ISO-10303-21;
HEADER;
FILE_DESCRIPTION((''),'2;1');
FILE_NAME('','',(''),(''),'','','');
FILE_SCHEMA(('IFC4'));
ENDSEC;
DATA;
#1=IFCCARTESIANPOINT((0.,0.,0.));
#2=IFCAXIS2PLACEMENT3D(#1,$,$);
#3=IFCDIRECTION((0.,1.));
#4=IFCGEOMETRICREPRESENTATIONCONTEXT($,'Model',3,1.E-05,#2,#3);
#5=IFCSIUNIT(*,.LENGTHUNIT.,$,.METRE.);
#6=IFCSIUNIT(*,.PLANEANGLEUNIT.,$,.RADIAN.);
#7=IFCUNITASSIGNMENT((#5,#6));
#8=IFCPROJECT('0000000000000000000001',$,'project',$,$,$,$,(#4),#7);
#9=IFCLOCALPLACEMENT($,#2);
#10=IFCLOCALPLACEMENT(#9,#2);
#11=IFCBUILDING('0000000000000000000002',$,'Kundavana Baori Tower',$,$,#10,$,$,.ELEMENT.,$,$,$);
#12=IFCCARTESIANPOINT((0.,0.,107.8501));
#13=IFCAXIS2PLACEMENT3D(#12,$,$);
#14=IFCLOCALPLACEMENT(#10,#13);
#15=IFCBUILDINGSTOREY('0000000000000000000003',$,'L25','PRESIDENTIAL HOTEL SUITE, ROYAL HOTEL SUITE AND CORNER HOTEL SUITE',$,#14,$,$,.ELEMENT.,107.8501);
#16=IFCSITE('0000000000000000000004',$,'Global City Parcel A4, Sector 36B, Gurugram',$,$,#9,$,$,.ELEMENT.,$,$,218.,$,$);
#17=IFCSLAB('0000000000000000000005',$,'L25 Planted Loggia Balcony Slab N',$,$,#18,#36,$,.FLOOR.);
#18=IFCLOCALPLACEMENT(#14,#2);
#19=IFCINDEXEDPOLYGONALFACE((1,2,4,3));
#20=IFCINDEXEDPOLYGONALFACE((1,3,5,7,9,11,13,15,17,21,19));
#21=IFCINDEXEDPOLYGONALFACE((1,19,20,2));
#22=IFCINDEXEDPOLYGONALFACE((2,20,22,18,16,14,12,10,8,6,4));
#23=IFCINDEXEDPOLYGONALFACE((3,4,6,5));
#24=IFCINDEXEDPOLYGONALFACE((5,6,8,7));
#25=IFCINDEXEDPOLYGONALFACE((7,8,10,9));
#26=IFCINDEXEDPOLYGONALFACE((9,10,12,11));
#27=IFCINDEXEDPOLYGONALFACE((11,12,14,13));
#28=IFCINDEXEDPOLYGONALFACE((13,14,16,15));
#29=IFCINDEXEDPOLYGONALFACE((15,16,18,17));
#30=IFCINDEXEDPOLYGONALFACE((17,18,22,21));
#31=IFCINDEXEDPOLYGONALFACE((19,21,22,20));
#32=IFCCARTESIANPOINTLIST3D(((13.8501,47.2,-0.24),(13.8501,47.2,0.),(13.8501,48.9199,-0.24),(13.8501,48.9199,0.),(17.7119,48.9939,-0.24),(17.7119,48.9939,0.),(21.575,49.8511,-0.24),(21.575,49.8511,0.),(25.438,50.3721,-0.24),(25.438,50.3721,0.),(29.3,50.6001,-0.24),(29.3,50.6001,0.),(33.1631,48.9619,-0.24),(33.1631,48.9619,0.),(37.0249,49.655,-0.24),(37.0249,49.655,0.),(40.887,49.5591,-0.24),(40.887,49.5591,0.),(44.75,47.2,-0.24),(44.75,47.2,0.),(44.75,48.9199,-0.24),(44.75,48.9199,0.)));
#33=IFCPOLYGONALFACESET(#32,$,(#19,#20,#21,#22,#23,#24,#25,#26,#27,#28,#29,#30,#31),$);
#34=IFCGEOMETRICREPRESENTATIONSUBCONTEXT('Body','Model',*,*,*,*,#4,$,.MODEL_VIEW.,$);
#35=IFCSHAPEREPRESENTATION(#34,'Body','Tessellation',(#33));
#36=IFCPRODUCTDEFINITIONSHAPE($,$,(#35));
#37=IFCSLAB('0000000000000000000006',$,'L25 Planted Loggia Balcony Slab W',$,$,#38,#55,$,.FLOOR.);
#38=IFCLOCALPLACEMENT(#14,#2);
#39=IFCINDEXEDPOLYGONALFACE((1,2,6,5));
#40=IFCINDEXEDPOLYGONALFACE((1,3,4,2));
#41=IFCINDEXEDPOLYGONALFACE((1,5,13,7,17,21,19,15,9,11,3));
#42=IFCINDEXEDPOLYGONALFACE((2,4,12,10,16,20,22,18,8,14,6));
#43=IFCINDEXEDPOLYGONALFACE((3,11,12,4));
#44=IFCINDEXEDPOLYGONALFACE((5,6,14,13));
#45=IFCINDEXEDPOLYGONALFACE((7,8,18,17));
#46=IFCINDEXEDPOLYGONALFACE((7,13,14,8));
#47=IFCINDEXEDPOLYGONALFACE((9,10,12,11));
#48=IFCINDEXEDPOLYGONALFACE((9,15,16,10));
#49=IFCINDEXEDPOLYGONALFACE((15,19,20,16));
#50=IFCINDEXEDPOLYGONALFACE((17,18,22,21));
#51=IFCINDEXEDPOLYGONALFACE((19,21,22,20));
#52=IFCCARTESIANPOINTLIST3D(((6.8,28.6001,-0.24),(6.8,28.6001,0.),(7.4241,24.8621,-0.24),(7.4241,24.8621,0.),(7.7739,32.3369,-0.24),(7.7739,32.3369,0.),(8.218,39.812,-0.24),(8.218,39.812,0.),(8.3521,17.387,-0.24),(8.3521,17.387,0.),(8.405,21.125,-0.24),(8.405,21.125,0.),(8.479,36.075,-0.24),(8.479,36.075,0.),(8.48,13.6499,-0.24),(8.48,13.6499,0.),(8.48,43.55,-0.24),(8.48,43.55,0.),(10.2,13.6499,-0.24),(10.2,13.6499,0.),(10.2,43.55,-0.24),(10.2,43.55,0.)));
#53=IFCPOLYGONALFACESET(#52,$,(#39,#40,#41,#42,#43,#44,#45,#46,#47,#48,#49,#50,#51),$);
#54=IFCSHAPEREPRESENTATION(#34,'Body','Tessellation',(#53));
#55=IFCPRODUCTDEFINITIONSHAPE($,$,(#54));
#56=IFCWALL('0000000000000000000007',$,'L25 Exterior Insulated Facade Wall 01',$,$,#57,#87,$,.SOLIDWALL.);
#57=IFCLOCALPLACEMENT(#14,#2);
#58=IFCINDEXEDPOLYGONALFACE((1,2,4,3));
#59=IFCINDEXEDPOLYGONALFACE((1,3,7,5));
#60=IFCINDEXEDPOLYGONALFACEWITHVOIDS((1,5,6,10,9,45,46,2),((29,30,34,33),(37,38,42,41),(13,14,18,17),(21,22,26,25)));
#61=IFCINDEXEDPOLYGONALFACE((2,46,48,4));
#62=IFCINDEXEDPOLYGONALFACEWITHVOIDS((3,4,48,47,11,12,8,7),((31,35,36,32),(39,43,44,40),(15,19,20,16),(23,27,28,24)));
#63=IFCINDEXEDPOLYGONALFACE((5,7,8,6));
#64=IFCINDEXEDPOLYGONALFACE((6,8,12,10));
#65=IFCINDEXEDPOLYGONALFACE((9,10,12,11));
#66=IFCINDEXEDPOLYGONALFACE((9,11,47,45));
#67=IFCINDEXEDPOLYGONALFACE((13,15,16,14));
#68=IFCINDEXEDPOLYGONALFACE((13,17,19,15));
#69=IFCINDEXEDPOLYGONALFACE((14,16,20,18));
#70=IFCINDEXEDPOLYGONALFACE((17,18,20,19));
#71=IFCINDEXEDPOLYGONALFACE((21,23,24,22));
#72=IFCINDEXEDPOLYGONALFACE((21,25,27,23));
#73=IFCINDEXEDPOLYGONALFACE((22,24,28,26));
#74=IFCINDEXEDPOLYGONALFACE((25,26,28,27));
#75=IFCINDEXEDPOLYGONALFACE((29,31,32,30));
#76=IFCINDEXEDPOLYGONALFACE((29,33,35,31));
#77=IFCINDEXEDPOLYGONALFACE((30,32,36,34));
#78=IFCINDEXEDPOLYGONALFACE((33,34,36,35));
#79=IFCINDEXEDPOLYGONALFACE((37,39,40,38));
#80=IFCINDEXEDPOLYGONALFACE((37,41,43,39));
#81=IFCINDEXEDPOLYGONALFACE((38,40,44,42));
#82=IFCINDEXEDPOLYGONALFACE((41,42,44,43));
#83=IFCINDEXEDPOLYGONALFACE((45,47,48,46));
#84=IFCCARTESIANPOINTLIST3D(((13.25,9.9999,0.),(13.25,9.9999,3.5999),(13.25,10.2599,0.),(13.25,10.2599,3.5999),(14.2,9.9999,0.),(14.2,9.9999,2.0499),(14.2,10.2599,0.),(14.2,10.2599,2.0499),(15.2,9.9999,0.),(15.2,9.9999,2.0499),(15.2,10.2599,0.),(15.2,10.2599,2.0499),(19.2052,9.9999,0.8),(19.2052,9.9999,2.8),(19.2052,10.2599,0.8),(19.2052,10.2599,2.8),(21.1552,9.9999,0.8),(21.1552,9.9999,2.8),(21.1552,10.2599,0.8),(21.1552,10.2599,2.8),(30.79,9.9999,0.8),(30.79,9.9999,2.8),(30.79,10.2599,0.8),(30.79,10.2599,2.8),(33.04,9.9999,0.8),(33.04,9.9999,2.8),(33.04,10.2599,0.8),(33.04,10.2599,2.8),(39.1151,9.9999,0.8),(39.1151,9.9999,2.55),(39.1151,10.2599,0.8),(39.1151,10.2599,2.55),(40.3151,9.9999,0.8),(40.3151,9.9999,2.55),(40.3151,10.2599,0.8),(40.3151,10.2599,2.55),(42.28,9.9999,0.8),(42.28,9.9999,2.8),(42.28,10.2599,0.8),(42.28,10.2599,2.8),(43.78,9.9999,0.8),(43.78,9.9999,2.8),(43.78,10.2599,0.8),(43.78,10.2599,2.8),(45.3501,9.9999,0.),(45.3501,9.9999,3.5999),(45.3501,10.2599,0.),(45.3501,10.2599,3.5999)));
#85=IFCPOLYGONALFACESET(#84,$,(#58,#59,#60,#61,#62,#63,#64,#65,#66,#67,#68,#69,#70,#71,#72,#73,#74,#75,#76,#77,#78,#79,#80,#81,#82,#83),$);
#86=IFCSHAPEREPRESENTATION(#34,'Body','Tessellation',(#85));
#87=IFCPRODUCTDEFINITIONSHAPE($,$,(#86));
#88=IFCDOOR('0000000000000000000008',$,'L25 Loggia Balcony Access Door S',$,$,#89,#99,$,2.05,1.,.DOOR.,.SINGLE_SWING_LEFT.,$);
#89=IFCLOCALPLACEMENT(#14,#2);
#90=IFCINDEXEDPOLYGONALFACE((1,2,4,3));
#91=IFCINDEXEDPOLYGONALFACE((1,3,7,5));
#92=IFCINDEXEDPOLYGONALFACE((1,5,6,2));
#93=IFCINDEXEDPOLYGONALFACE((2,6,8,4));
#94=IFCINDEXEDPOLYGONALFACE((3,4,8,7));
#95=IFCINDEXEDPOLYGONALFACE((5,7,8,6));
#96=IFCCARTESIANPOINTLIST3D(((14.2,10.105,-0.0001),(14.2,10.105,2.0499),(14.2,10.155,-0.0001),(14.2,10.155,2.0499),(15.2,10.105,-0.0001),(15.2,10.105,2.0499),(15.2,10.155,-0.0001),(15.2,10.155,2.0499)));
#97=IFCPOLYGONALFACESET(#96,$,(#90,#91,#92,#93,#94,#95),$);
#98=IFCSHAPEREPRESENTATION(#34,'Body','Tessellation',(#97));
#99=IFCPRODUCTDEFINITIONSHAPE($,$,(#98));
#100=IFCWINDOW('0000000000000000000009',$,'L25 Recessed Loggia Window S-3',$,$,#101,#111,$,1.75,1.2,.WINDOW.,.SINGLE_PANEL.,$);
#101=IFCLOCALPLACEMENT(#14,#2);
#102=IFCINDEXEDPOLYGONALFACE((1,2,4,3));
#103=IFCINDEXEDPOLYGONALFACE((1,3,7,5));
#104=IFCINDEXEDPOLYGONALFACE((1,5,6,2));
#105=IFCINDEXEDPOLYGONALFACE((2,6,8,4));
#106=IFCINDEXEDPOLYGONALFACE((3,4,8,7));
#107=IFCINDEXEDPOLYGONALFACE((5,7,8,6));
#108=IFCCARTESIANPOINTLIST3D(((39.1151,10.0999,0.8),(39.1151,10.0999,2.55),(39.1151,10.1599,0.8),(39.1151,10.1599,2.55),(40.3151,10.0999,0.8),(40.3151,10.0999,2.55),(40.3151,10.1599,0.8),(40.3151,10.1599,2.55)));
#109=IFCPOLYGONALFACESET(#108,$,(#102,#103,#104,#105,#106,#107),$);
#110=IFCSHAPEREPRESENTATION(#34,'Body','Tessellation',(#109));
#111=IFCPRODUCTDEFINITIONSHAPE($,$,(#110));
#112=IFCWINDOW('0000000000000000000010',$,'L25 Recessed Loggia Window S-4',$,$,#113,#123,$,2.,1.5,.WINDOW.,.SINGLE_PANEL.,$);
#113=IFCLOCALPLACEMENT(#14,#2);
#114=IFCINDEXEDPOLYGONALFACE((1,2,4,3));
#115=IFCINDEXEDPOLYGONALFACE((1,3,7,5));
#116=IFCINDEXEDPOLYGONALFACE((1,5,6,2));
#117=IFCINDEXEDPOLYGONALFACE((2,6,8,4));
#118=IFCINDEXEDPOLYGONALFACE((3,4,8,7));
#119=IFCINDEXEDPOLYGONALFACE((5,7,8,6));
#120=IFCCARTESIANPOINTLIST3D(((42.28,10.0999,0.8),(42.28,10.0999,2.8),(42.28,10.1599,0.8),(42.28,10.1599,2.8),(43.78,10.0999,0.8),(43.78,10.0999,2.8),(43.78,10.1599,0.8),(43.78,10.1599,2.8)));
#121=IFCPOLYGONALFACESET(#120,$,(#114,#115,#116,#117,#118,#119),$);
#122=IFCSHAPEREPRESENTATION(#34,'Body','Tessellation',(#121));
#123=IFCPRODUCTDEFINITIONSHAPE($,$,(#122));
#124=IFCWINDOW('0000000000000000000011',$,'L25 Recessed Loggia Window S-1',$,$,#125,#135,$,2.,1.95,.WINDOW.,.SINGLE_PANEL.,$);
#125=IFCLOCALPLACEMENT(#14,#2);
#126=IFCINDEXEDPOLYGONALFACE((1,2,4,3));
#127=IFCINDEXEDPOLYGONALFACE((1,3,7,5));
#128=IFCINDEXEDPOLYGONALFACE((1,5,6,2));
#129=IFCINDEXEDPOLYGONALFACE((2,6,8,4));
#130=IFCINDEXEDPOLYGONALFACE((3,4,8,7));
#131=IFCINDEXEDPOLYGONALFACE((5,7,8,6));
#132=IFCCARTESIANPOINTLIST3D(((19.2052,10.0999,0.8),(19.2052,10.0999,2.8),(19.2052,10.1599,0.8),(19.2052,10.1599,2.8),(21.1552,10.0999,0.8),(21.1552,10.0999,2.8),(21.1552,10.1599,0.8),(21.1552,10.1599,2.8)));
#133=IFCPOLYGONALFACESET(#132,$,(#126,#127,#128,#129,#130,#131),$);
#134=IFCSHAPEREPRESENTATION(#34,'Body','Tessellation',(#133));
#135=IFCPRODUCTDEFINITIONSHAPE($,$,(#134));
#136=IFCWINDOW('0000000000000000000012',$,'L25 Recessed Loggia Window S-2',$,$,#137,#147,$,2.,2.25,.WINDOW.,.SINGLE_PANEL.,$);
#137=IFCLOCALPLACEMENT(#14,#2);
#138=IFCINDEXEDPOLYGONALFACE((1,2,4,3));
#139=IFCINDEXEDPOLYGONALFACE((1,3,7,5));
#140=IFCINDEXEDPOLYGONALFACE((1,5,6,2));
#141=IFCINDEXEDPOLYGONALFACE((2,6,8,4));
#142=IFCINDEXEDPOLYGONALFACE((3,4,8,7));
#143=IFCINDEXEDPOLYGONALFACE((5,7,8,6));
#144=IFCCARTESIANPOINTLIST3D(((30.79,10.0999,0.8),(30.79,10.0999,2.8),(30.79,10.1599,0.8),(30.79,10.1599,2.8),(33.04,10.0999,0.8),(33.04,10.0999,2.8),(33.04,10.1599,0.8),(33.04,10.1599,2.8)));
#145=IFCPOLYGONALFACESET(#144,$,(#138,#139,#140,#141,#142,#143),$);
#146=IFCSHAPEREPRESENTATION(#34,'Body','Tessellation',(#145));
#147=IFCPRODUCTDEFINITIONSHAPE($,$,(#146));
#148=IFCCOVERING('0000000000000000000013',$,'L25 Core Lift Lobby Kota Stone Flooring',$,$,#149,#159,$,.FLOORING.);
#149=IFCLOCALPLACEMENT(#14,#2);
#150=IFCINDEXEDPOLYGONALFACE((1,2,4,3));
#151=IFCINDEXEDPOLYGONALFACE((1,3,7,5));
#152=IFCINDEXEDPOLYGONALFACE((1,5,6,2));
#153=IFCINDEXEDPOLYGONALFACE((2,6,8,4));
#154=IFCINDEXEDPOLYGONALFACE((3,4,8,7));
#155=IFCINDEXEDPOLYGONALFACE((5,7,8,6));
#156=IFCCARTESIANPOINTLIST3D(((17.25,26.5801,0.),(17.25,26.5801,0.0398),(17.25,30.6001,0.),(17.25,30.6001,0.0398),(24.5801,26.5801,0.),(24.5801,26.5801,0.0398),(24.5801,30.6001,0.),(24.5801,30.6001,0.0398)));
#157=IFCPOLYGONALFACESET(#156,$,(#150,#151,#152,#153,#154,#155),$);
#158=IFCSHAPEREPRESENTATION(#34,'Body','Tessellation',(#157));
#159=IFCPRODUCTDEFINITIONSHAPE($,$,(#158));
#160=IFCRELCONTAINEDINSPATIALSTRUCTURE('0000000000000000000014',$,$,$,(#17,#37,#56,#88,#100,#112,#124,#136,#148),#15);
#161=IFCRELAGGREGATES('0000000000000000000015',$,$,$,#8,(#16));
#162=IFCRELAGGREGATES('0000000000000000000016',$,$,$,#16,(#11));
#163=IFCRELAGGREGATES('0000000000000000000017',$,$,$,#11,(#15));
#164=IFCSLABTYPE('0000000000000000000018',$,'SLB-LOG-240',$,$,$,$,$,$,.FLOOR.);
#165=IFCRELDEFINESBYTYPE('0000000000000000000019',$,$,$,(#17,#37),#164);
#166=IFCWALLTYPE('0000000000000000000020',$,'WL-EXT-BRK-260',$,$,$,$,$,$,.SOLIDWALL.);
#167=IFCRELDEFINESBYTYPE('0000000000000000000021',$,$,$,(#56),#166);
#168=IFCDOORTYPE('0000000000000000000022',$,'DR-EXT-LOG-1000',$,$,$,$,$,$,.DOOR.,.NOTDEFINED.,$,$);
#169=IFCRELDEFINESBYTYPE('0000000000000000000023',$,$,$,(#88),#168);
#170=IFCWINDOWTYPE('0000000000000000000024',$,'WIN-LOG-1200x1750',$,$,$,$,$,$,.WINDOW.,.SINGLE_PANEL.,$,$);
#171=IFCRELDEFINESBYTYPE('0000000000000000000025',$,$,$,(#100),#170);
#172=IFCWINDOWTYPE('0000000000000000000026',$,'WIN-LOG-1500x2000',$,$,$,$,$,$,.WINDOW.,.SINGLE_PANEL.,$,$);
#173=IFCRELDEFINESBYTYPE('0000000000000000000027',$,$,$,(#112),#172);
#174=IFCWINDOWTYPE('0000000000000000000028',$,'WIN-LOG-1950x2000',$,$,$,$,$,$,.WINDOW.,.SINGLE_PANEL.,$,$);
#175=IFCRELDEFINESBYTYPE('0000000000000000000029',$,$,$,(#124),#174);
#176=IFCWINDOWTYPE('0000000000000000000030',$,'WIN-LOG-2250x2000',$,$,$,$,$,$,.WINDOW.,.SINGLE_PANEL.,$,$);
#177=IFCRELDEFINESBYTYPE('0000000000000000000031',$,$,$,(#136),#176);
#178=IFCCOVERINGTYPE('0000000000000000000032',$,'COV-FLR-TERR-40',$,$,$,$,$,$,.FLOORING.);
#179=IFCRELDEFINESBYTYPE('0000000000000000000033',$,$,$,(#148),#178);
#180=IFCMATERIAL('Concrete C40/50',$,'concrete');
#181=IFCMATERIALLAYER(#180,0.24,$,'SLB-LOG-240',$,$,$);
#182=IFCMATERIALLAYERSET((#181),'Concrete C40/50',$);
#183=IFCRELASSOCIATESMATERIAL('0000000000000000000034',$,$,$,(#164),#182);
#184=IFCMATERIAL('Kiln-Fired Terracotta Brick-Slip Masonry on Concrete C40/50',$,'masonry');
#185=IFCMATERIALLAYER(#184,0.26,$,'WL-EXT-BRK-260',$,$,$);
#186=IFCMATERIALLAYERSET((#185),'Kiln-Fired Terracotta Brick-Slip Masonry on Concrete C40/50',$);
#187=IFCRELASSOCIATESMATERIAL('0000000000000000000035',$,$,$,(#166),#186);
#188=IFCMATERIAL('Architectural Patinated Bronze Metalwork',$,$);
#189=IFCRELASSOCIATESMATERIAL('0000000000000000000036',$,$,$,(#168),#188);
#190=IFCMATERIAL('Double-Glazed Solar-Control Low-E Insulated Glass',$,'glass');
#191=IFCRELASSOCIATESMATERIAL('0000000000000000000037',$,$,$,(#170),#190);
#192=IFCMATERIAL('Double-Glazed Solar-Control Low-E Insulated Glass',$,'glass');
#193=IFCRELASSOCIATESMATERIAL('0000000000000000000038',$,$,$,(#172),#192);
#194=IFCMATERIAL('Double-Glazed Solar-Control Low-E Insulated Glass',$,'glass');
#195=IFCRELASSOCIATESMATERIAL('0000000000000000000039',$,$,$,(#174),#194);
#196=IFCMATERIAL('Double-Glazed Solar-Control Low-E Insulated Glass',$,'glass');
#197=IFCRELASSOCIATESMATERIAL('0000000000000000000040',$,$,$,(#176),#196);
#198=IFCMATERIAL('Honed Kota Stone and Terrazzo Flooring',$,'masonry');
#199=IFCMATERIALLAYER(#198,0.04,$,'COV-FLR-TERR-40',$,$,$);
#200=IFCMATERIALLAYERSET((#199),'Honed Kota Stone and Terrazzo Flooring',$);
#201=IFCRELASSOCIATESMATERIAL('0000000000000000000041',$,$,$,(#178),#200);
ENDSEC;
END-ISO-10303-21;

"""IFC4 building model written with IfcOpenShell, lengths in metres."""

from ifc_helpers import new_model, si_unit, direction, frame, frame_2d, origin, place, context, subcontext, project, spatial, polyline, rectangle, outline, extrude, material, layer, layer_set, type_object, element, fill, save


model = new_model("IFC4")

# Units and contexts
model_context = context("Model", 3, precision=1e-05, world=origin(), true_north=direction((0.0, 1.0)))
body_context = subcontext(model_context, "Body", "Model", "MODEL_VIEW")
ifc_project = project(units=[si_unit("LENGTHUNIT", "METRE"), si_unit("PLANEANGLEUNIT", "RADIAN")], contexts=[model_context])

# Site, building, storey
site_placement = place(None, origin())
site = spatial("IfcSite", under=ifc_project, at=site_placement, Name="Global City Parcel A4, Sector 36B, Gurugram", CompositionType="ELEMENT", RefElevation=218.0)
building_placement = place(site_placement, origin())
building = spatial("IfcBuilding", under=site, at=building_placement, Name="Kundavana Baori Tower", CompositionType="ELEMENT")
storey_placement = place(building_placement, frame((0.0, 0.0, 107.8501)))
storey = spatial("IfcBuildingStorey", under=building, at=storey_placement, Name="L25", Description="PRESIDENTIAL HOTEL SUITE, ROYAL HOTEL SUITE AND CORNER HOTEL SUITE", CompositionType="ELEMENT", Elevation=107.8501)

# Slabs
ifc_material_1 = material(Name="Concrete C40/50", Category="concrete")
ifc_layer_1 = layer(ifc_material_1, 0.24, Name="SLB-LOG-240")
ifc_layer_set_1 = layer_set([ifc_layer_1], Name="Concrete C40/50")
slab_type_1 = type_object("IfcSlabType", Name="SLB-LOG-240", PredefinedType="FLOOR", material=ifc_layer_set_1)
slab_1_placement = place(storey_placement, frame((0.0, 0.0, -0.24)))
element("IfcSlab", 1, at=slab_1_placement, inside=storey, type_object=slab_type_1, Name="L25 Planted Loggia Balcony Slab N", PredefinedType="FLOOR", context=body_context, shape_type="SweptSolid", body=[
    extrude(outline(polyline([(44.75, 47.2), (13.8501, 47.2), (13.8501, 48.9199), (17.7119, 48.9939), (21.575, 49.8511), (25.438, 50.3721), (29.3, 50.6001), (33.1631, 48.9619), (37.0249, 49.655), (40.887, 49.5591), (44.75, 48.9199), (44.75, 47.2)])), origin(), (0.0, 0.0, 1.0), 0.24),
])
slab_2_placement = place(storey_placement, frame((0.0, 0.0, -0.24)))
element("IfcSlab", 2, at=slab_2_placement, inside=storey, type_object=slab_type_1, Name="L25 Planted Loggia Balcony Slab W", PredefinedType="FLOOR", context=body_context, shape_type="SweptSolid", body=[
    extrude(outline(polyline([(10.2, 43.55), (10.2, 13.6499), (8.48, 13.6499), (8.3521, 17.387), (8.405, 21.125), (7.4241, 24.8621), (6.8, 28.6001), (7.7739, 32.3369), (8.479, 36.075), (8.218, 39.812), (8.48, 43.55), (10.2, 43.55)])), origin(), (0.0, 0.0, 1.0), 0.24),
])

# Wall, openings, door, windows
ifc_material_2 = material(Name="Kiln-Fired Terracotta Brick-Slip Masonry on Concrete C40/50", Category="masonry")
ifc_layer_2 = layer(ifc_material_2, 0.26, Name="WL-EXT-BRK-260")
ifc_layer_set_2 = layer_set([ifc_layer_2], Name="Kiln-Fired Terracotta Brick-Slip Masonry on Concrete C40/50")
wall_type = type_object("IfcWallType", Name="WL-EXT-BRK-260", PredefinedType="SOLIDWALL", material=ifc_layer_set_2)
wall_placement = place(storey_placement, frame((13.25, 10.1299, 0.0), z_axis=(0.0, 0.0, 1.0), x_axis=(1.0, 0.0, 0.0)))
wall = element("IfcWall", 3, at=wall_placement, inside=storey, type_object=wall_type, Name="L25 Exterior Insulated Facade Wall 01", PredefinedType="SOLIDWALL", context=body_context, shape_type="SweptSolid", body=[
    extrude(rectangle(XDim=32.1001, YDim=0.26, at=frame_2d((16.05, 0.0))), origin(), (0.0, 0.0, 1.0), 3.5999),
])
opening_1_placement = place(wall_placement, frame((0.95, 0.0, 0.0)))
opening_1 = element("IfcOpeningElement", 4, at=opening_1_placement, cuts=wall, PredefinedType="OPENING", context=body_context, shape_type="SweptSolid", body=[
    extrude(rectangle(XDim=1.0, YDim=2.05, at=frame_2d((0.5, 1.0249))), frame((0.0, 0.1401, 0.0), z_axis=(0.0, -1.0, 0.0), x_axis=(1.0, 0.0, 0.0)), (0.0, 0.0, 1.0), 0.28),
])
opening_2_placement = place(wall_placement, frame((5.9551, 0.0, 0.8)))
opening_2 = element("IfcOpeningElement", 5, at=opening_2_placement, cuts=wall, PredefinedType="OPENING", context=body_context, shape_type="SweptSolid", body=[
    extrude(rectangle(XDim=1.95, YDim=2.0, at=frame_2d((0.9751, 1.0))), frame((0.0, 0.1401, 0.0), z_axis=(0.0, -1.0, 0.0), x_axis=(1.0, 0.0, 0.0)), (0.0, 0.0, 1.0), 0.28),
])
opening_3_placement = place(wall_placement, frame((17.54, 0.0, 0.8)))
opening_3 = element("IfcOpeningElement", 6, at=opening_3_placement, cuts=wall, PredefinedType="OPENING", context=body_context, shape_type="SweptSolid", body=[
    extrude(rectangle(XDim=2.25, YDim=2.0, at=frame_2d((1.125, 1.0))), frame((0.0, 0.1401, 0.0), z_axis=(0.0, -1.0, 0.0), x_axis=(1.0, 0.0, 0.0)), (0.0, 0.0, 1.0), 0.28),
])
opening_4_placement = place(wall_placement, frame((25.865, 0.0, 0.8)))
opening_4 = element("IfcOpeningElement", 7, at=opening_4_placement, cuts=wall, PredefinedType="OPENING", context=body_context, shape_type="SweptSolid", body=[
    extrude(rectangle(XDim=1.2, YDim=1.75, at=frame_2d((0.6001, 0.875))), frame((0.0, 0.1401, 0.0), z_axis=(0.0, -1.0, 0.0), x_axis=(1.0, 0.0, 0.0)), (0.0, 0.0, 1.0), 0.28),
])
opening_5_placement = place(wall_placement, frame((29.03, 0.0, 0.8)))
opening_5 = element("IfcOpeningElement", 8, at=opening_5_placement, cuts=wall, PredefinedType="OPENING", context=body_context, shape_type="SweptSolid", body=[
    extrude(rectangle(XDim=1.5, YDim=2.0, at=frame_2d((0.75, 1.0))), frame((0.0, 0.1401, 0.0), z_axis=(0.0, -1.0, 0.0), x_axis=(1.0, 0.0, 0.0)), (0.0, 0.0, 1.0), 0.28),
])
ifc_material_3 = material(Name="Architectural Patinated Bronze Metalwork")
door_type = type_object("IfcDoorType", Name="DR-EXT-LOG-1000", OperationType="NOTDEFINED", PredefinedType="DOOR", material=ifc_material_3)
door_placement = place(opening_1_placement, frame((1.0, 0.0, 0.0), z_axis=(0.0, 0.0, 1.0), x_axis=(-1.0, 0.0, 0.0)))
door = element("IfcDoor", 9, at=door_placement, inside=storey, type_object=door_type, Name="L25 Loggia Balcony Access Door S", OperationType="SINGLE_SWING_LEFT", OverallHeight=2.05, OverallWidth=1.0, PredefinedType="DOOR", context=body_context, shape_type="SweptSolid", body=[
    extrude(rectangle(XDim=1.0, YDim=2.05, at=frame_2d((0.5, 1.0249))), frame((0.0, 0.0249, 0.0), z_axis=(0.0, -1.0, 0.0), x_axis=(1.0, 0.0, 0.0)), (0.0, 0.0, 1.0), 0.05),
])
fill(opening_1, door)
ifc_material_4 = material(Name="Double-Glazed Solar-Control Low-E Insulated Glass", Category="glass")
window_type_1 = type_object("IfcWindowType", Name="WIN-LOG-1200x1750", PartitioningType="SINGLE_PANEL", PredefinedType="WINDOW", material=ifc_material_4)
window_1_placement = place(opening_4_placement, origin())
window_1 = element("IfcWindow", 10, at=window_1_placement, inside=storey, type_object=window_type_1, Name="L25 Recessed Loggia Window S-3", OverallHeight=1.75, OverallWidth=1.2, PartitioningType="SINGLE_PANEL", PredefinedType="WINDOW", context=body_context, shape_type="SweptSolid", body=[
    extrude(rectangle(XDim=1.2, YDim=1.75, at=frame_2d((0.6001, 0.875))), frame((0.0, 0.03, 0.0), z_axis=(0.0, -1.0, 0.0), x_axis=(1.0, 0.0, 0.0)), (0.0, 0.0, 1.0), 0.0601),
])
fill(opening_4, window_1)
ifc_material_5 = material(Name="Double-Glazed Solar-Control Low-E Insulated Glass", Category="glass")
window_type_2 = type_object("IfcWindowType", Name="WIN-LOG-1500x2000", PartitioningType="SINGLE_PANEL", PredefinedType="WINDOW", material=ifc_material_5)
window_2_placement = place(opening_5_placement, origin())
window_2 = element("IfcWindow", 11, at=window_2_placement, inside=storey, type_object=window_type_2, Name="L25 Recessed Loggia Window S-4", OverallHeight=2.0, OverallWidth=1.5, PartitioningType="SINGLE_PANEL", PredefinedType="WINDOW", context=body_context, shape_type="SweptSolid", body=[
    extrude(rectangle(XDim=1.5, YDim=2.0, at=frame_2d((0.75, 1.0))), frame((0.0, 0.03, 0.0), z_axis=(0.0, -1.0, 0.0), x_axis=(1.0, 0.0, 0.0)), (0.0, 0.0, 1.0), 0.0601),
])
fill(opening_5, window_2)
ifc_material_6 = material(Name="Double-Glazed Solar-Control Low-E Insulated Glass", Category="glass")
window_type_3 = type_object("IfcWindowType", Name="WIN-LOG-1950x2000", PartitioningType="SINGLE_PANEL", PredefinedType="WINDOW", material=ifc_material_6)
window_3_placement = place(opening_2_placement, origin())
window_3 = element("IfcWindow", 12, at=window_3_placement, inside=storey, type_object=window_type_3, Name="L25 Recessed Loggia Window S-1", OverallHeight=2.0, OverallWidth=1.95, PartitioningType="SINGLE_PANEL", PredefinedType="WINDOW", context=body_context, shape_type="SweptSolid", body=[
    extrude(rectangle(XDim=1.95, YDim=2.0, at=frame_2d((0.9751, 1.0))), frame((0.0, 0.03, 0.0), z_axis=(0.0, -1.0, 0.0), x_axis=(1.0, 0.0, 0.0)), (0.0, 0.0, 1.0), 0.0601),
])
fill(opening_2, window_3)
ifc_material_7 = material(Name="Double-Glazed Solar-Control Low-E Insulated Glass", Category="glass")
window_type_4 = type_object("IfcWindowType", Name="WIN-LOG-2250x2000", PartitioningType="SINGLE_PANEL", PredefinedType="WINDOW", material=ifc_material_7)
window_4_placement = place(opening_3_placement, origin())
window_4 = element("IfcWindow", 13, at=window_4_placement, inside=storey, type_object=window_type_4, Name="L25 Recessed Loggia Window S-2", OverallHeight=2.0, OverallWidth=2.25, PartitioningType="SINGLE_PANEL", PredefinedType="WINDOW", context=body_context, shape_type="SweptSolid", body=[
    extrude(rectangle(XDim=2.25, YDim=2.0, at=frame_2d((1.125, 1.0))), frame((0.0, 0.03, 0.0), z_axis=(0.0, -1.0, 0.0), x_axis=(1.0, 0.0, 0.0)), (0.0, 0.0, 1.0), 0.0601),
])
fill(opening_3, window_4)

# Covering
ifc_material_8 = material(Name="Honed Kota Stone and Terrazzo Flooring", Category="masonry")
ifc_layer_3 = layer(ifc_material_8, 0.04, Name="COV-FLR-TERR-40")
ifc_layer_set_3 = layer_set([ifc_layer_3], Name="Honed Kota Stone and Terrazzo Flooring")
covering_type_1 = type_object("IfcCoveringType", Name="COV-FLR-TERR-40", PredefinedType="FLOORING", material=ifc_layer_set_3)
covering_1_placement = place(storey_placement, origin())
element("IfcCovering", 14, at=covering_1_placement, inside=storey, type_object=covering_type_1, Name="L25 Core Lift Lobby Kota Stone Flooring", PredefinedType="FLOORING", context=body_context, shape_type="SweptSolid", body=[
    extrude(outline(polyline([(17.25, 26.5801), (24.5801, 26.5801), (24.5801, 30.6001), (17.25, 30.6001), (17.25, 26.5801)])), origin(), (0.0, 0.0, 1.0), 0.0398),
])

save(model, "model.ifc")
